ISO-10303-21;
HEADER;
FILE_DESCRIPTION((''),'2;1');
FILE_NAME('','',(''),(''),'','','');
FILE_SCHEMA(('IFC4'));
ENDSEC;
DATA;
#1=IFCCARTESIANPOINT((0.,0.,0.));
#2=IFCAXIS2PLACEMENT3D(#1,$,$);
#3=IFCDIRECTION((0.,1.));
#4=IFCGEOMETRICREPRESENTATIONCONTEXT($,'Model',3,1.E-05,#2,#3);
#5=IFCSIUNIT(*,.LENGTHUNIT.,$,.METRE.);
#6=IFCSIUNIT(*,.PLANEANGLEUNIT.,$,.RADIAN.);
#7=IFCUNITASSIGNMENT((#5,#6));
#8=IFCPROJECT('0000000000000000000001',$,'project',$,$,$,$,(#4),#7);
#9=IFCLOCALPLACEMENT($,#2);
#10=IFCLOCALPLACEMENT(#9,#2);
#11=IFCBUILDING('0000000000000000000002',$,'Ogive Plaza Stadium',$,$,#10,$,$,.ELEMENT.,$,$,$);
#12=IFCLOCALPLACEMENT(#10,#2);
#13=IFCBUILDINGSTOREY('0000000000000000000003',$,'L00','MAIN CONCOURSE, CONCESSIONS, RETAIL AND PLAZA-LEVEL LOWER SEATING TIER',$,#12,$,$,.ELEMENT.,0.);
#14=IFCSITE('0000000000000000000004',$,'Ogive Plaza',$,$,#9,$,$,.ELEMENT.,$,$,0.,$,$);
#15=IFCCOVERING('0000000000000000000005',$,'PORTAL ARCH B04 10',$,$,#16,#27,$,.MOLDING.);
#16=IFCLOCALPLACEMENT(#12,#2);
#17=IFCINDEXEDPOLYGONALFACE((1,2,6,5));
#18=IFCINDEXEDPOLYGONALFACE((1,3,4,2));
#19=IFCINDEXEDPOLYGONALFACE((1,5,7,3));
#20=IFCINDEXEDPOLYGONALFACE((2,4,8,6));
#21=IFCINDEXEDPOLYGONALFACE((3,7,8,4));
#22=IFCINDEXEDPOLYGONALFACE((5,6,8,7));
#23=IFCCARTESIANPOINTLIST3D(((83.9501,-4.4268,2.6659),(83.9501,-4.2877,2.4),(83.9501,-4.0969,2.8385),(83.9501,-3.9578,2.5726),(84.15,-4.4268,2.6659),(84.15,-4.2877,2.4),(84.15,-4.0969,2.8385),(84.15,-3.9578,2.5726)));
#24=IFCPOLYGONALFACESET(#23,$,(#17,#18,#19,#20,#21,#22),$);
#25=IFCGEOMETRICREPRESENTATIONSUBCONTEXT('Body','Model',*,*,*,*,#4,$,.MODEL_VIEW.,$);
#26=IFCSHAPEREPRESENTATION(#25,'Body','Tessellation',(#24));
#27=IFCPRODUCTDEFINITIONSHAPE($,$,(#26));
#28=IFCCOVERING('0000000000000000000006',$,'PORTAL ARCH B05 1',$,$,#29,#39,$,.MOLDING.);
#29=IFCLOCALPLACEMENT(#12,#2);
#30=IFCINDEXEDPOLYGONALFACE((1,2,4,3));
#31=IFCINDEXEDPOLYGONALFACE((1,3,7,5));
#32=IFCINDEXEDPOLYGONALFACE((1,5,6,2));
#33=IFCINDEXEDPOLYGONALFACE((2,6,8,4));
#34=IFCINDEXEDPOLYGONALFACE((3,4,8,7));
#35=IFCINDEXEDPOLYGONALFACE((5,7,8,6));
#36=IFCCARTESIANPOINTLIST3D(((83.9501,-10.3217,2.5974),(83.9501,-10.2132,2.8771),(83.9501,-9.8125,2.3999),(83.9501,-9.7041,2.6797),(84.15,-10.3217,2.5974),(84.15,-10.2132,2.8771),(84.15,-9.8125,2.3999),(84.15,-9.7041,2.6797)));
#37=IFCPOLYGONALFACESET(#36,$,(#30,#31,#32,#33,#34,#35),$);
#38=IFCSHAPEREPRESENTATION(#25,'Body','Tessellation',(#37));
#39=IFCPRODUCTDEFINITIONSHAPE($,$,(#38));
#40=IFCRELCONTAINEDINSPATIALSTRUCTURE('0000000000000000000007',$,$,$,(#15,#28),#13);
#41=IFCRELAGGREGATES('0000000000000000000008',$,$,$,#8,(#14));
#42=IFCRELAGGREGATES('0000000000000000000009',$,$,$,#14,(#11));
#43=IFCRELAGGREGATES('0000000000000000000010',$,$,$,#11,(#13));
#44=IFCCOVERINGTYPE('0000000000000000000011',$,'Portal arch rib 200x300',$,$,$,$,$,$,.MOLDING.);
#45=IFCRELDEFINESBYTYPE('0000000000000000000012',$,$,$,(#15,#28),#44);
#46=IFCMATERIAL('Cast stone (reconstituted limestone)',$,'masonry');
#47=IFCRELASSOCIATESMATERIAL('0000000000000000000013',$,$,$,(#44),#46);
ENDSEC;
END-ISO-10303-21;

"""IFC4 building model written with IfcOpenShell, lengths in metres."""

from ifc_helpers import new_model, si_unit, direction, frame, origin, origin_2d, place, context, subcontext, project, spatial, rectangle, extrude, material, material_profile, profile_set, type_object, element, save


model = new_model("IFC4")

# Units and contexts
model_context = context("Model", 3, precision=1e-05, world=origin(), true_north=direction((0.0, 1.0)))
body_context = subcontext(model_context, "Body", "Model", "MODEL_VIEW")
ifc_project = project(units=[si_unit("LENGTHUNIT", "METRE"), si_unit("PLANEANGLEUNIT", "RADIAN")], contexts=[model_context])

# Site, building, storey
site_placement = place(None, origin())
site = spatial("IfcSite", under=ifc_project, at=site_placement, Name="Ogive Plaza", CompositionType="ELEMENT", RefElevation=0.0)
building_placement = place(site_placement, origin())
building = spatial("IfcBuilding", under=site, at=building_placement, Name="Ogive Plaza Stadium", CompositionType="ELEMENT")
storey_placement = place(building_placement, origin())
storey = spatial("IfcBuildingStorey", under=building, at=storey_placement, Name="L00", Description="MAIN CONCOURSE, CONCESSIONS, RETAIL AND PLAZA-LEVEL LOWER SEATING TIER", CompositionType="ELEMENT", Elevation=0.0)

# Coverings
ifc_material_1 = material(Name="Cast stone (reconstituted limestone)", Category="masonry")
ifc_material_profile_1 = material_profile(ifc_material_1, rectangle(XDim=0.2, YDim=0.3, at=origin_2d()), Name="Cast stone 200x300")
ifc_profile_set_1 = profile_set([ifc_material_profile_1], Name="Cast stone (reconstituted limestone)")
covering_type_1 = type_object("IfcCoveringType", Name="Portal arch rib 200x300", PredefinedType="MOLDING", material=ifc_profile_set_1)
covering_1_placement = place(storey_placement, frame((84.05, -4.0273, 2.7056), z_axis=(0.0, -0.886011, -0.463664), x_axis=(1.0, 0.0, 0.0)))
element("IfcCovering", 1, at=covering_1_placement, inside=storey, type_object=covering_type_1, Name="PORTAL ARCH B04 10", PredefinedType="MOLDING", context=body_context, shape_type="SweptSolid", body=[
    extrude(rectangle(XDim=0.2, YDim=0.3, at=origin_2d()), origin(), (0.0, 0.0, 1.0), 0.3723),
])
covering_2_placement = place(storey_placement, frame((84.05, -9.7583, 2.5398), z_axis=(0.0, -0.93234, 0.361583), x_axis=(1.0, 0.0, 0.0)))
element("IfcCovering", 2, at=covering_2_placement, inside=storey, type_object=covering_type_1, Name="PORTAL ARCH B05 1", PredefinedType="MOLDING", context=body_context, shape_type="SweptSolid", body=[
    extrude(rectangle(XDim=0.2, YDim=0.3, at=origin_2d()), origin(), (0.0, 0.0, 1.0), 0.5461),
])

save(model, "model.ifc")
